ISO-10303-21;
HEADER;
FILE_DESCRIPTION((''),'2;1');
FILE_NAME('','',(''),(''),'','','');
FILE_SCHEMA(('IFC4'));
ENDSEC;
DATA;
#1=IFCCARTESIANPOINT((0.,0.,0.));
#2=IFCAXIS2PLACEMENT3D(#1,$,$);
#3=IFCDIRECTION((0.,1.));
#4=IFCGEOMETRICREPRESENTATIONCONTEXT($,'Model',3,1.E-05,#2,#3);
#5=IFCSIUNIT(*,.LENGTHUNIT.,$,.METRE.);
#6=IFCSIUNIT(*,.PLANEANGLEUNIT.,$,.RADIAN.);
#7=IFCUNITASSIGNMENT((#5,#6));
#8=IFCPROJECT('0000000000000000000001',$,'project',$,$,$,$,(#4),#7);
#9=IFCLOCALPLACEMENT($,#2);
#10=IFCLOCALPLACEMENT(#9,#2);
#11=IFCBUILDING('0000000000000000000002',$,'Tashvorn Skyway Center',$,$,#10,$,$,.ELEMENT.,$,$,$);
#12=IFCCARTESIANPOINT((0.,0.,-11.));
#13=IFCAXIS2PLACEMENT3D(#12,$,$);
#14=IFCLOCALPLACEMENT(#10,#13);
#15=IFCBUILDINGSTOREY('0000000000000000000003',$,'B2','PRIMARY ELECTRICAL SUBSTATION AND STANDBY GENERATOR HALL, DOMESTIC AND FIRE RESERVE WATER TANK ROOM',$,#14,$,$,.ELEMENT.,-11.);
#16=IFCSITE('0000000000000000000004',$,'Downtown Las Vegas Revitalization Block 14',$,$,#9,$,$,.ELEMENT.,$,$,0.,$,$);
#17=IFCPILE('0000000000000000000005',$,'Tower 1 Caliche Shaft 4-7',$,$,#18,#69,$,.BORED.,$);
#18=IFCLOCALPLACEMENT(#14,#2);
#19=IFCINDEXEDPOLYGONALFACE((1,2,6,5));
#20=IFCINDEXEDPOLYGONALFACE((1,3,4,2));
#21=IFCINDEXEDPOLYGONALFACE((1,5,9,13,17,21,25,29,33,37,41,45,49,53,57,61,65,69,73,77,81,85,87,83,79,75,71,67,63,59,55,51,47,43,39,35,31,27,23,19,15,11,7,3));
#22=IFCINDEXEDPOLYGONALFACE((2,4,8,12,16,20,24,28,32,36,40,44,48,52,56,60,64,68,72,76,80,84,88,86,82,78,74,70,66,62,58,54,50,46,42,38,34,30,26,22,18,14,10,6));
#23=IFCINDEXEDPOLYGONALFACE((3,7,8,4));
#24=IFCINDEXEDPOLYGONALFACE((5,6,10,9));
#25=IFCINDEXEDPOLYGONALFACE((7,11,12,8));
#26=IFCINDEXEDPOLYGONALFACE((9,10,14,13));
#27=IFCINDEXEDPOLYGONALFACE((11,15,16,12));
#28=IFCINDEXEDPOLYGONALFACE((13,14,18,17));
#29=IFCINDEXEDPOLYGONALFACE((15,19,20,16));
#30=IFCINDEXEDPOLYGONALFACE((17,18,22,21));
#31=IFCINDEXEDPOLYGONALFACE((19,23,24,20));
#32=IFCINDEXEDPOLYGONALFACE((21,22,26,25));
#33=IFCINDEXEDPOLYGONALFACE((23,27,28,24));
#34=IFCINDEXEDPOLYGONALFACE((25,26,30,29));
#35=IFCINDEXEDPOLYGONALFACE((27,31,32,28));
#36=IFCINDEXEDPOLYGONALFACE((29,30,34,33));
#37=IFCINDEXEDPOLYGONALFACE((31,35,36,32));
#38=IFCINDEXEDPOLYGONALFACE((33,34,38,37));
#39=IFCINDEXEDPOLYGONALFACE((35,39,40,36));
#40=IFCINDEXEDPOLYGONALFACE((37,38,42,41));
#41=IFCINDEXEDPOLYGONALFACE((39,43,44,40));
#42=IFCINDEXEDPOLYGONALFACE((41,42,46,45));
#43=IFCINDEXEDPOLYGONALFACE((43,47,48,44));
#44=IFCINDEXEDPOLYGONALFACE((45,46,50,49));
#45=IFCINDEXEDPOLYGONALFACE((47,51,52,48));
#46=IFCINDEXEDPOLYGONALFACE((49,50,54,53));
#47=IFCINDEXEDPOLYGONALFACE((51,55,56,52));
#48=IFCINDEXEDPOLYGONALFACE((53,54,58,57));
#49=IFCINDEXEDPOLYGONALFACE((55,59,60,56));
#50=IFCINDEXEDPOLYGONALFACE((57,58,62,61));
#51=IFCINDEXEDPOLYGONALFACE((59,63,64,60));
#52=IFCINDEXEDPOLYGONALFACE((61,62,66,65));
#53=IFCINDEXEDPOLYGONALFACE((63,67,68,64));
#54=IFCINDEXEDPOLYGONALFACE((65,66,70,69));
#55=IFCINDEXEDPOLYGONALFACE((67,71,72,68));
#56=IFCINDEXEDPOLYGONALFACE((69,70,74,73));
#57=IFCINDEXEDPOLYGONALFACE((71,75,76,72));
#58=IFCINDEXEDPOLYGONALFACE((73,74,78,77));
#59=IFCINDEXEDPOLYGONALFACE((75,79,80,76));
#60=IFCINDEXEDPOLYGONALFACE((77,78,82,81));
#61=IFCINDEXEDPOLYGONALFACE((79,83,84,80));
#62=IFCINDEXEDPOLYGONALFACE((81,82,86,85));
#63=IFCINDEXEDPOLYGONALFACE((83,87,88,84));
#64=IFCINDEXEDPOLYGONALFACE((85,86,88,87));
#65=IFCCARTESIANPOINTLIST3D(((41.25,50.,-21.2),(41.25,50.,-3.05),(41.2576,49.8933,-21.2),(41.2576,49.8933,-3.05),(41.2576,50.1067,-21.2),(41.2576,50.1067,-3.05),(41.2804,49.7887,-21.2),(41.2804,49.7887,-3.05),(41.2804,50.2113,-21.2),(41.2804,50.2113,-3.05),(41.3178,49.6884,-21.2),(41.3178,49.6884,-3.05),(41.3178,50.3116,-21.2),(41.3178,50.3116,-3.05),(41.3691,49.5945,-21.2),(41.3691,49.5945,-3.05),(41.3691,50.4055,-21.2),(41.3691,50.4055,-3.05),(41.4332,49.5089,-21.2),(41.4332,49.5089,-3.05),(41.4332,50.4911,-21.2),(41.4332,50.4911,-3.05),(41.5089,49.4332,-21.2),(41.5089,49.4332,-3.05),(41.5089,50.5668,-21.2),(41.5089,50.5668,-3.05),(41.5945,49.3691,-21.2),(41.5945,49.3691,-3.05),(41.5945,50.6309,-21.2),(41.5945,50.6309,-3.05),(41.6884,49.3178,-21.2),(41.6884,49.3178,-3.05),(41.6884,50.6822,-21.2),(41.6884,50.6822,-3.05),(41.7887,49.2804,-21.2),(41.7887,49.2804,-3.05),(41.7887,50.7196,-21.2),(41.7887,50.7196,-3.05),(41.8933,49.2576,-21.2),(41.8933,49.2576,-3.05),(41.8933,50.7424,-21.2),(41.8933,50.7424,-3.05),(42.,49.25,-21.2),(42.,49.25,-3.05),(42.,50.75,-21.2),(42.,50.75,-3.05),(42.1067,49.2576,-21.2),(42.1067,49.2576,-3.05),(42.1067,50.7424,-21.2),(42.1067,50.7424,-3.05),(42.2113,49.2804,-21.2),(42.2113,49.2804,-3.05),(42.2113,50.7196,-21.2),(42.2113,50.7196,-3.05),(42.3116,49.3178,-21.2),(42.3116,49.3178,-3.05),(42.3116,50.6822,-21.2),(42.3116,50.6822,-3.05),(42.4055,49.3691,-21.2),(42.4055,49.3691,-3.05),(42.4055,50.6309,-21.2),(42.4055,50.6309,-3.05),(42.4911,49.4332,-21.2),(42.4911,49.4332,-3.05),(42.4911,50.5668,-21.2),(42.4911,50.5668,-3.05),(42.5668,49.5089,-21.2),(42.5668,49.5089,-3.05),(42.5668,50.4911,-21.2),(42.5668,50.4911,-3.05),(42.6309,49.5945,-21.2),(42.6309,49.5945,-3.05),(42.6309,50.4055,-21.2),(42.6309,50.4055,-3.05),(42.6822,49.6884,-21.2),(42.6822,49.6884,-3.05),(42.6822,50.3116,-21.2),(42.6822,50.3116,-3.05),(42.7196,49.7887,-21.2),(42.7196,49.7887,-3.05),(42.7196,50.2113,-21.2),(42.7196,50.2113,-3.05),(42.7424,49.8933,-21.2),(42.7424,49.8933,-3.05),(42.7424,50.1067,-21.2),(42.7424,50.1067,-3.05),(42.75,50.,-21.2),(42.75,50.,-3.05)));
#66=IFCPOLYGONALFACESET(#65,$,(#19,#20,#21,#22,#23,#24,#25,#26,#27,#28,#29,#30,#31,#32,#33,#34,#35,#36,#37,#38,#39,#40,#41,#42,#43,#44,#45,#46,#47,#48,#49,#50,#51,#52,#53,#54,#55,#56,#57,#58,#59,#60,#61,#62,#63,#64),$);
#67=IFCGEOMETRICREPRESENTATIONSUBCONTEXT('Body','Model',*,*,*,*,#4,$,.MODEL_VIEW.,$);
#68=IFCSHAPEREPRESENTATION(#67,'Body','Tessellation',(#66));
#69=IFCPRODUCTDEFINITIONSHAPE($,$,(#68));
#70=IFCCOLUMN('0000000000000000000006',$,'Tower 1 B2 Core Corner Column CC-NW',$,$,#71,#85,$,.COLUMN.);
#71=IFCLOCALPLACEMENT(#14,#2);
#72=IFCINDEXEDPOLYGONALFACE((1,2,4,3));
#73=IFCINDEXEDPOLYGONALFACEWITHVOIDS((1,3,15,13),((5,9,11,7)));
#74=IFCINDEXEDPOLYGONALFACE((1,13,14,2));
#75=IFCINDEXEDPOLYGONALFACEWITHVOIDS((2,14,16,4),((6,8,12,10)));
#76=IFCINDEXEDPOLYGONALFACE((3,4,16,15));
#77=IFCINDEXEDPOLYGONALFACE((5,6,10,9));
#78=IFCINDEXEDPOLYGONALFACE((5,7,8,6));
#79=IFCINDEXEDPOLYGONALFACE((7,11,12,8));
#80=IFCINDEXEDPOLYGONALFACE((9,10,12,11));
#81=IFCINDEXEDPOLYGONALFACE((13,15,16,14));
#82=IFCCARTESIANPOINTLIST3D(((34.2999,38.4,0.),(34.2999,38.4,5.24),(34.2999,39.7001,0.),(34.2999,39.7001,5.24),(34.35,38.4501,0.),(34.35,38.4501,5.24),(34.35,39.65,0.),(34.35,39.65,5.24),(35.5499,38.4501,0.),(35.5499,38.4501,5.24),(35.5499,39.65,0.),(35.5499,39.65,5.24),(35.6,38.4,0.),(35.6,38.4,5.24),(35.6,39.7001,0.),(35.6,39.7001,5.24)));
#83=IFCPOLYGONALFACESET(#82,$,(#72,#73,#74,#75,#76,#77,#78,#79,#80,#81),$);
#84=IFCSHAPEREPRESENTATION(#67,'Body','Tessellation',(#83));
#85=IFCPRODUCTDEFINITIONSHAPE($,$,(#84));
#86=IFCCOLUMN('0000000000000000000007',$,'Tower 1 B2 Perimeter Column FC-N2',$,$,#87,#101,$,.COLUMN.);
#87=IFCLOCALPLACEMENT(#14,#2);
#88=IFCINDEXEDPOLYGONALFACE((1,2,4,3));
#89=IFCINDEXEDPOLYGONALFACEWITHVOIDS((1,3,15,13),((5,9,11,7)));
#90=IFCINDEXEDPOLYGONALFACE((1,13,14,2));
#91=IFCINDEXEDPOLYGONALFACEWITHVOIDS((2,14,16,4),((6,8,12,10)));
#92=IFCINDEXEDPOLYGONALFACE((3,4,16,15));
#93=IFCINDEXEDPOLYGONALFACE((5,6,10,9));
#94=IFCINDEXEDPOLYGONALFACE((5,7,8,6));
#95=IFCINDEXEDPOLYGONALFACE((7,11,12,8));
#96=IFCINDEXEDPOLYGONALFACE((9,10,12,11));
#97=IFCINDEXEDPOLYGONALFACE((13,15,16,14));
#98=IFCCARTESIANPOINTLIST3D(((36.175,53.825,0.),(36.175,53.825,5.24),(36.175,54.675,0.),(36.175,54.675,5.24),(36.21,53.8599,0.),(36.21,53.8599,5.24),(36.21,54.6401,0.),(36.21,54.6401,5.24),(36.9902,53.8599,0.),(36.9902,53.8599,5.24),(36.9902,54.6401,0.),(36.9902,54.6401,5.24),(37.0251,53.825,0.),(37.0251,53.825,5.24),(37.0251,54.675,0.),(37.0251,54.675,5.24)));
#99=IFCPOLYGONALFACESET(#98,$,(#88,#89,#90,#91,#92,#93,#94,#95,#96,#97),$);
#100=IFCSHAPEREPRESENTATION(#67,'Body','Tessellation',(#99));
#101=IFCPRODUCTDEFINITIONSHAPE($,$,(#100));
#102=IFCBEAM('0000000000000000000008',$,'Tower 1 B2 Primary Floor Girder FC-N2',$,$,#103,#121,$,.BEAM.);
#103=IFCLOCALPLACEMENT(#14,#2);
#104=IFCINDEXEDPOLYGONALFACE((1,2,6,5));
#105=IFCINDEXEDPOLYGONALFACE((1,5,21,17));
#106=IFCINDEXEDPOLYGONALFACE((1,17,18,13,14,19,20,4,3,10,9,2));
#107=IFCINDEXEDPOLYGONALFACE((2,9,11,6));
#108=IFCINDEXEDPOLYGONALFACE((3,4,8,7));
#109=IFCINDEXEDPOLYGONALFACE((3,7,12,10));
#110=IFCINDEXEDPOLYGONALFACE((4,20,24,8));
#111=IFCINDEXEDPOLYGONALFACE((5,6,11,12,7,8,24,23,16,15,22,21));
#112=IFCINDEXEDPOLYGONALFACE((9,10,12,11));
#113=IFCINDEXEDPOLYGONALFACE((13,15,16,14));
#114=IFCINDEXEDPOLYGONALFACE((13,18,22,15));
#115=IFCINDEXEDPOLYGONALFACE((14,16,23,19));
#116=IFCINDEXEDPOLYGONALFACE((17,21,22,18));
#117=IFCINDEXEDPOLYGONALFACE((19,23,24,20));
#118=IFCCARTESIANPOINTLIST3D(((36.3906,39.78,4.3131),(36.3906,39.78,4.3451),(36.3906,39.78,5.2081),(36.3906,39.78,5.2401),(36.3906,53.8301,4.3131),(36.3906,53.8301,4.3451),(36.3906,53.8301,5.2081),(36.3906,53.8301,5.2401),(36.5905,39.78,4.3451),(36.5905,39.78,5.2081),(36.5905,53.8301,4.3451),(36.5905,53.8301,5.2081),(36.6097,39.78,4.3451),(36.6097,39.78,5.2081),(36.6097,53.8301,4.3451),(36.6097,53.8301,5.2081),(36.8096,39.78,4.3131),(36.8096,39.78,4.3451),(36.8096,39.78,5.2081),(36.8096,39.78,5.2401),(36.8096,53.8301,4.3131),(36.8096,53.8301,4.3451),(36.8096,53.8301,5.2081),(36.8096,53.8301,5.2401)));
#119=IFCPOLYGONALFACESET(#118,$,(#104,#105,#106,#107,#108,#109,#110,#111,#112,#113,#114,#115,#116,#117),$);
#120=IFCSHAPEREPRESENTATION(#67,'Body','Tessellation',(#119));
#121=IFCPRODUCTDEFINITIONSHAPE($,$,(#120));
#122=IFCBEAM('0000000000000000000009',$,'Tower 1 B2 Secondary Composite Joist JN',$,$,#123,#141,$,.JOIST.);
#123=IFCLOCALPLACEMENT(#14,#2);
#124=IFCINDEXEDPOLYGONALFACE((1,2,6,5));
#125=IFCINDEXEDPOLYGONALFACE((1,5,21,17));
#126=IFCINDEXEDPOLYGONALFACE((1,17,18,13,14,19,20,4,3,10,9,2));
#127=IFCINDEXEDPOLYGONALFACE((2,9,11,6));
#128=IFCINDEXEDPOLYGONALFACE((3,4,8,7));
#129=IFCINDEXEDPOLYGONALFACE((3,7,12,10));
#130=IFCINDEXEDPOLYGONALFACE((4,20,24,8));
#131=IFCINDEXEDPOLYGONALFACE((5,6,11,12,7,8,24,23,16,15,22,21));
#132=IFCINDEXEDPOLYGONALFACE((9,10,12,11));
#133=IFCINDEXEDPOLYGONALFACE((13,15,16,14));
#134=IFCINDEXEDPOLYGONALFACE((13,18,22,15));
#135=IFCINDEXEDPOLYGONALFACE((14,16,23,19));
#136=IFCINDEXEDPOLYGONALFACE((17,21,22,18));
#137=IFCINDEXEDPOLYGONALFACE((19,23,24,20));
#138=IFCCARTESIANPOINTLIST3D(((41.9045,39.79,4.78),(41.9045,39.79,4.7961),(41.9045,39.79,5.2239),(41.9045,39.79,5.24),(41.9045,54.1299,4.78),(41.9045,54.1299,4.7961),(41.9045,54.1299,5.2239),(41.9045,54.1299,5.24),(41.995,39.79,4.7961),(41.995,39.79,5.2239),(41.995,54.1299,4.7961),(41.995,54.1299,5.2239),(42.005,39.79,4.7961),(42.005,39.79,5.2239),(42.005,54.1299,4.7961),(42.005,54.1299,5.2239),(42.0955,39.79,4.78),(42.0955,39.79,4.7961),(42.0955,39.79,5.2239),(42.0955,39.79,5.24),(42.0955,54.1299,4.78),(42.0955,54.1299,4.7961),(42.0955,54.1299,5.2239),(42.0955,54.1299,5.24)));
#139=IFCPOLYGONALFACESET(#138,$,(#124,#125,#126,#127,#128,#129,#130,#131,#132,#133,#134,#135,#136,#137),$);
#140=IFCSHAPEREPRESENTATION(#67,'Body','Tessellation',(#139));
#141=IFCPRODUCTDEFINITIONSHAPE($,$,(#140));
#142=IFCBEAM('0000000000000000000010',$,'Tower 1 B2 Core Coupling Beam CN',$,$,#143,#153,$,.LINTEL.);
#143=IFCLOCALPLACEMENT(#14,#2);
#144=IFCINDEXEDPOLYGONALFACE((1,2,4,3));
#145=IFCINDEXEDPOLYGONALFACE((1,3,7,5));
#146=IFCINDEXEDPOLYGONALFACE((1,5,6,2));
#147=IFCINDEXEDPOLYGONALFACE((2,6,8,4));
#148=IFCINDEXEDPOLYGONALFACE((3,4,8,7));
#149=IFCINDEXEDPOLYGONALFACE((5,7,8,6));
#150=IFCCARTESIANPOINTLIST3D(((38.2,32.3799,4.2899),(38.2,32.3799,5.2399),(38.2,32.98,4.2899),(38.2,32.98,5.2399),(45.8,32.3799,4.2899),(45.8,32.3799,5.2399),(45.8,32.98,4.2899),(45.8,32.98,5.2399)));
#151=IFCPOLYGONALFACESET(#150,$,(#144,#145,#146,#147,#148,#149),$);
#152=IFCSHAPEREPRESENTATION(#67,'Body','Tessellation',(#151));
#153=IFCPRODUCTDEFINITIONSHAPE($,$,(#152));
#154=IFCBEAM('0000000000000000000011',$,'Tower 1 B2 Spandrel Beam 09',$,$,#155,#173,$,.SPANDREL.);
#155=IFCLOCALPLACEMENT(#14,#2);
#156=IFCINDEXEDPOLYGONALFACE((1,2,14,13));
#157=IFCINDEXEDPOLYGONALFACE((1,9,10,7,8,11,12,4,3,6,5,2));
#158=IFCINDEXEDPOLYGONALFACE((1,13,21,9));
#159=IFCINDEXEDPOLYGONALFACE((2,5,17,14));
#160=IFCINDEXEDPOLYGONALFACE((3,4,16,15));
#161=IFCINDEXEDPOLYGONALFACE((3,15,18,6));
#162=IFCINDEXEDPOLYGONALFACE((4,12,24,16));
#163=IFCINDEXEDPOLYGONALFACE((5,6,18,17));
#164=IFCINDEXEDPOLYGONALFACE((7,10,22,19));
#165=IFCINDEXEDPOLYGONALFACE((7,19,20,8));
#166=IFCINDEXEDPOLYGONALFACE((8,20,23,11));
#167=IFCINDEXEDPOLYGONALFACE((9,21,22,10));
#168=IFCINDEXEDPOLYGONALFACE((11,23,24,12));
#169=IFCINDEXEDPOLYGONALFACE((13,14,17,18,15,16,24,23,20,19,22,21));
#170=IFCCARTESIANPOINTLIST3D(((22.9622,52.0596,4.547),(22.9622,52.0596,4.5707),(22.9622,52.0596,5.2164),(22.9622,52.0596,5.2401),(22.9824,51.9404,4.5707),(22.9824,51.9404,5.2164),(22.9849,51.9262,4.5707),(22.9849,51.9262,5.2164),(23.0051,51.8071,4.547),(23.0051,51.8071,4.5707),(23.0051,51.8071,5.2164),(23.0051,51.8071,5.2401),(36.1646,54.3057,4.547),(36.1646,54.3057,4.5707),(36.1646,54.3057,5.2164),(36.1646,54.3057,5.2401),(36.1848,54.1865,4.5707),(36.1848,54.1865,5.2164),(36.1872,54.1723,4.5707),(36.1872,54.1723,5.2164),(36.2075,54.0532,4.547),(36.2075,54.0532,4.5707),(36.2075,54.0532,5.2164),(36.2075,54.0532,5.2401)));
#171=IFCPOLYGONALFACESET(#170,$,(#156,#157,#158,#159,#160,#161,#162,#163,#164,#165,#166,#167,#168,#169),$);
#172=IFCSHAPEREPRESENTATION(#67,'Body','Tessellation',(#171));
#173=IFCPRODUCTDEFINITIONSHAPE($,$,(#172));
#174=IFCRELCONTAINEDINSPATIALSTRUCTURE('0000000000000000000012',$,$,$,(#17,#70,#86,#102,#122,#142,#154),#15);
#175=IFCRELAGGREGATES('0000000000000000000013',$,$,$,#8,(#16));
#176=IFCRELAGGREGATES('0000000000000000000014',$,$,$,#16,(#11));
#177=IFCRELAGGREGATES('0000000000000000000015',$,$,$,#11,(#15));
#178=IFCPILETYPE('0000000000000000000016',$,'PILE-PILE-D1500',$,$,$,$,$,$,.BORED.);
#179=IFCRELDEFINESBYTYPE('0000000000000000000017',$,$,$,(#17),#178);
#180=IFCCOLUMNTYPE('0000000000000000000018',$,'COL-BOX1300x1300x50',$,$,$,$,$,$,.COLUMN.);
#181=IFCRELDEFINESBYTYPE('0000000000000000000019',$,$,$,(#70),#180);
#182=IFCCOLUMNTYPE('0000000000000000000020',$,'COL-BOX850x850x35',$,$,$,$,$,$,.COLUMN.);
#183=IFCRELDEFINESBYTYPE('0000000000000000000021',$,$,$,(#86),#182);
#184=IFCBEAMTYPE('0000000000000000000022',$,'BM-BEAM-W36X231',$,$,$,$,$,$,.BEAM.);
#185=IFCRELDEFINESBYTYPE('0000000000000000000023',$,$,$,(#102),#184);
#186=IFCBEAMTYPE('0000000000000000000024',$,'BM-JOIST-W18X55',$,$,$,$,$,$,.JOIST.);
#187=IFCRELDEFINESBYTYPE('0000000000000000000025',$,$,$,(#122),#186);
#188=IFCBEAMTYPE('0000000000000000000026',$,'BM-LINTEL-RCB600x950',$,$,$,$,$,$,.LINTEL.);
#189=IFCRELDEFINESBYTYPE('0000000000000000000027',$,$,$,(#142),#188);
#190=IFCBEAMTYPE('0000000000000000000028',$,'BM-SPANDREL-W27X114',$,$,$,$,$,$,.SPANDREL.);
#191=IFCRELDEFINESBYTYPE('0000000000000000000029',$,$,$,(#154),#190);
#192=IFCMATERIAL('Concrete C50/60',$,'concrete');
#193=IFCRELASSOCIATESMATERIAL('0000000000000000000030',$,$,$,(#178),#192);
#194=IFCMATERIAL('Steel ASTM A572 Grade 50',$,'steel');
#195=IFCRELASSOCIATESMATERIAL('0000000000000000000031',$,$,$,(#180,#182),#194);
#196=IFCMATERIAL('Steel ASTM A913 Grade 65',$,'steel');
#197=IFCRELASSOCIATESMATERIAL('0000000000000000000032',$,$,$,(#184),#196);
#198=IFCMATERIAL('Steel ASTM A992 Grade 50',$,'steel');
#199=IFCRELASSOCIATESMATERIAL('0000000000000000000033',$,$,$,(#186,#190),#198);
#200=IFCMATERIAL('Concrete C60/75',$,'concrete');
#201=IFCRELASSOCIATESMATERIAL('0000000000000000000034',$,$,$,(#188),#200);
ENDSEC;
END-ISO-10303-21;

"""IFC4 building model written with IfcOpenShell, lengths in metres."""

from ifc_helpers import new_model, si_unit, direction, frame, origin, origin_2d, place, context, subcontext, project, spatial, rectangle, hollow_rectangle, circle, i_section, extrude, material, material_profile, profile_set, type_object, element, save


model = new_model("IFC4")

# Units and contexts
model_context = context("Model", 3, precision=1e-05, world=origin(), true_north=direction((0.0, 1.0)))
body_context = subcontext(model_context, "Body", "Model", "MODEL_VIEW")
ifc_project = project(units=[si_unit("LENGTHUNIT", "METRE"), si_unit("PLANEANGLEUNIT", "RADIAN")], contexts=[model_context])

# Site, building, storey
site_placement = place(None, origin())
site = spatial("IfcSite", under=ifc_project, at=site_placement, Name="Downtown Las Vegas Revitalization Block 14", CompositionType="ELEMENT", RefElevation=0.0)
building_placement = place(site_placement, origin())
building = spatial("IfcBuilding", under=site, at=building_placement, Name="Tashvorn Skyway Center", CompositionType="ELEMENT")
storey_placement = place(building_placement, frame((0.0, 0.0, -11.0)))
storey = spatial("IfcBuildingStorey", under=building, at=storey_placement, Name="B2", Description="PRIMARY ELECTRICAL SUBSTATION AND STANDBY GENERATOR HALL, DOMESTIC AND FIRE RESERVE WATER TANK ROOM", CompositionType="ELEMENT", Elevation=-11.0)

# Pile
ifc_material_1 = material(Name="Concrete C50/60", Category="concrete")
ifc_material_profile_1 = material_profile(ifc_material_1, circle(Radius=0.75, at=origin_2d()), Name="PILE-D1500")
ifc_profile_set_1 = profile_set([ifc_material_profile_1], Name="Concrete C50/60")
pile_type = type_object("IfcPileType", Name="PILE-PILE-D1500", PredefinedType="BORED", material=ifc_profile_set_1)
for number, where, z_axis, x_axis, name in (
    (1, (42.0, 50.0, -3.05), (0.0, 0.0, -1.0), (1.0, 0.0, 0.0), "Tower 1 Caliche Shaft 4-7"),
):
    element("IfcPile", number, at=place(storey_placement, frame(where, z_axis=z_axis, x_axis=x_axis)), inside=storey, type_object=pile_type, Name=name, PredefinedType="BORED", context=body_context, shape_type="SweptSolid", body=[
        extrude(circle(Radius=0.75, at=origin_2d()), origin(), (0.0, 0.0, 1.0), 18.1499),
    ])

# Columns
ifc_material_2 = material(Name="Steel ASTM A572 Grade 50", Category="steel")
ifc_material_profile_2 = material_profile(ifc_material_2, hollow_rectangle(XDim=1.3, YDim=1.3, WallThickness=0.05, at=origin_2d()), Name="BOX1300x1300x50")
ifc_profile_set_2 = profile_set([ifc_material_profile_2], Name="Steel ASTM A572 Grade 50")
column_type_1 = type_object("IfcColumnType", Name="COL-BOX1300x1300x50", PredefinedType="COLUMN", material=ifc_profile_set_2)
column_1_placement = place(storey_placement, frame((34.95, 39.05, 0.0), z_axis=(0.0, 0.0, 1.0), x_axis=(1.0, 0.0, 0.0)))
element("IfcColumn", 2, at=column_1_placement, inside=storey, type_object=column_type_1, Name="Tower 1 B2 Core Corner Column CC-NW", PredefinedType="COLUMN", context=body_context, shape_type="SweptSolid", body=[
    extrude(hollow_rectangle(XDim=1.3, YDim=1.3, WallThickness=0.05, at=origin_2d()), origin(), (0.0, 0.0, 1.0), 5.24),
])
ifc_material_profile_3 = material_profile(ifc_material_2, hollow_rectangle(XDim=0.8501, YDim=0.8501, WallThickness=0.0349, at=origin_2d()), Name="BOX850x850x35")
ifc_profile_set_3 = profile_set([ifc_material_profile_3], Name="Steel ASTM A572 Grade 50")
column_type_2 = type_object("IfcColumnType", Name="COL-BOX850x850x35", PredefinedType="COLUMN", material=ifc_profile_set_3)
column_2_placement = place(storey_placement, frame((36.6001, 54.25, 0.0), z_axis=(0.0, 0.0, 1.0), x_axis=(1.0, 0.0, 0.0)))
element("IfcColumn", 3, at=column_2_placement, inside=storey, type_object=column_type_2, Name="Tower 1 B2 Perimeter Column FC-N2", PredefinedType="COLUMN", context=body_context, shape_type="SweptSolid", body=[
    extrude(hollow_rectangle(XDim=0.8501, YDim=0.8501, WallThickness=0.0349, at=origin_2d()), origin(), (0.0, 0.0, 1.0), 5.24),
])

# Beams
ifc_material_3 = material(Name="Steel ASTM A913 Grade 65", Category="steel")
ifc_material_profile_4 = material_profile(ifc_material_3, i_section(OverallWidth=0.4189, OverallDepth=0.927, WebThickness=0.0193, FlangeThickness=0.032, at=origin_2d()), Name="W36X231")
ifc_profile_set_4 = profile_set([ifc_material_profile_4], Name="Steel ASTM A913 Grade 65")
beam_type_1 = type_object("IfcBeamType", Name="BM-BEAM-W36X231", PredefinedType="BEAM", material=ifc_profile_set_4)
beam_1_placement = place(storey_placement, frame((36.6001, 53.8301, 4.7766), z_axis=(0.0, -1.0, 0.0), x_axis=(1.0, 0.0, 0.0)))
element("IfcBeam", 4, at=beam_1_placement, inside=storey, type_object=beam_type_1, Name="Tower 1 B2 Primary Floor Girder FC-N2", PredefinedType="BEAM", context=body_context, shape_type="SweptSolid", body=[
    extrude(i_section(OverallWidth=0.4189, OverallDepth=0.927, WebThickness=0.0193, FlangeThickness=0.032, at=origin_2d()), origin(), (0.0, 0.0, 1.0), 14.05),
])
ifc_material_4 = material(Name="Steel ASTM A992 Grade 50", Category="steel")
ifc_material_profile_5 = material_profile(ifc_material_4, i_section(OverallWidth=0.1909, OverallDepth=0.46, WebThickness=0.01, FlangeThickness=0.0161, at=origin_2d()), Name="W18X55")
ifc_profile_set_5 = profile_set([ifc_material_profile_5], Name="Steel ASTM A992 Grade 50")
beam_type_2 = type_object("IfcBeamType", Name="BM-JOIST-W18X55", PredefinedType="JOIST", material=ifc_profile_set_5)
beam_2_placement = place(storey_placement, frame((42.0, 39.79, 5.01), z_axis=(0.0, 1.0, 0.0), x_axis=(-1.0, 0.0, 0.0)))
element("IfcBeam", 5, at=beam_2_placement, inside=storey, type_object=beam_type_2, Name="Tower 1 B2 Secondary Composite Joist JN", PredefinedType="JOIST", context=body_context, shape_type="SweptSolid", body=[
    extrude(i_section(OverallWidth=0.1909, OverallDepth=0.46, WebThickness=0.01, FlangeThickness=0.0161, at=origin_2d()), origin(), (0.0, 0.0, 1.0), 14.3398),
])
ifc_material_5 = material(Name="Concrete C60/75", Category="concrete")
ifc_material_profile_6 = material_profile(ifc_material_5, rectangle(XDim=0.6001, YDim=0.95, at=origin_2d()), Name="RCB600x950")
ifc_profile_set_6 = profile_set([ifc_material_profile_6], Name="Concrete C60/75")
beam_type_3 = type_object("IfcBeamType", Name="BM-LINTEL-RCB600x950", PredefinedType="LINTEL", material=ifc_profile_set_6)
beam_3_placement = place(storey_placement, frame((38.2, 32.6799, 4.7649), z_axis=(1.0, 0.0, 0.0), x_axis=(0.0, 1.0, 0.0)))
element("IfcBeam", 6, at=beam_3_placement, inside=storey, type_object=beam_type_3, Name="Tower 1 B2 Core Coupling Beam CN", PredefinedType="LINTEL", context=body_context, shape_type="SweptSolid", body=[
    extrude(rectangle(XDim=0.6001, YDim=0.95, at=origin_2d()), origin(), (0.0, 0.0, 1.0), 7.6001),
])
ifc_material_profile_7 = material_profile(ifc_material_4, i_section(OverallWidth=0.2561, OverallDepth=0.6931, WebThickness=0.0144, FlangeThickness=0.0237, at=origin_2d()), Name="W27X114")
ifc_profile_set_7 = profile_set([ifc_material_profile_7], Name="Steel ASTM A992 Grade 50")
beam_type_4 = type_object("IfcBeamType", Name="BM-SPANDREL-W27X114", PredefinedType="SPANDREL", material=ifc_profile_set_7)
beam_4_placement = place(storey_placement, frame((36.186, 54.1794, 4.8936), z_axis=(-0.985835, -0.167718, 0.0), x_axis=(0.167718, -0.985835, 0.0)))
element("IfcBeam", 7, at=beam_4_placement, inside=storey, type_object=beam_type_4, Name="Tower 1 B2 Spandrel Beam 09", PredefinedType="SPANDREL", context=body_context, shape_type="SweptSolid", body=[
    extrude(i_section(OverallWidth=0.2561, OverallDepth=0.6931, WebThickness=0.0144, FlangeThickness=0.0237, at=origin_2d()), origin(), (0.0, 0.0, 1.0), 13.3921),
])

save(model, "model.ifc")
